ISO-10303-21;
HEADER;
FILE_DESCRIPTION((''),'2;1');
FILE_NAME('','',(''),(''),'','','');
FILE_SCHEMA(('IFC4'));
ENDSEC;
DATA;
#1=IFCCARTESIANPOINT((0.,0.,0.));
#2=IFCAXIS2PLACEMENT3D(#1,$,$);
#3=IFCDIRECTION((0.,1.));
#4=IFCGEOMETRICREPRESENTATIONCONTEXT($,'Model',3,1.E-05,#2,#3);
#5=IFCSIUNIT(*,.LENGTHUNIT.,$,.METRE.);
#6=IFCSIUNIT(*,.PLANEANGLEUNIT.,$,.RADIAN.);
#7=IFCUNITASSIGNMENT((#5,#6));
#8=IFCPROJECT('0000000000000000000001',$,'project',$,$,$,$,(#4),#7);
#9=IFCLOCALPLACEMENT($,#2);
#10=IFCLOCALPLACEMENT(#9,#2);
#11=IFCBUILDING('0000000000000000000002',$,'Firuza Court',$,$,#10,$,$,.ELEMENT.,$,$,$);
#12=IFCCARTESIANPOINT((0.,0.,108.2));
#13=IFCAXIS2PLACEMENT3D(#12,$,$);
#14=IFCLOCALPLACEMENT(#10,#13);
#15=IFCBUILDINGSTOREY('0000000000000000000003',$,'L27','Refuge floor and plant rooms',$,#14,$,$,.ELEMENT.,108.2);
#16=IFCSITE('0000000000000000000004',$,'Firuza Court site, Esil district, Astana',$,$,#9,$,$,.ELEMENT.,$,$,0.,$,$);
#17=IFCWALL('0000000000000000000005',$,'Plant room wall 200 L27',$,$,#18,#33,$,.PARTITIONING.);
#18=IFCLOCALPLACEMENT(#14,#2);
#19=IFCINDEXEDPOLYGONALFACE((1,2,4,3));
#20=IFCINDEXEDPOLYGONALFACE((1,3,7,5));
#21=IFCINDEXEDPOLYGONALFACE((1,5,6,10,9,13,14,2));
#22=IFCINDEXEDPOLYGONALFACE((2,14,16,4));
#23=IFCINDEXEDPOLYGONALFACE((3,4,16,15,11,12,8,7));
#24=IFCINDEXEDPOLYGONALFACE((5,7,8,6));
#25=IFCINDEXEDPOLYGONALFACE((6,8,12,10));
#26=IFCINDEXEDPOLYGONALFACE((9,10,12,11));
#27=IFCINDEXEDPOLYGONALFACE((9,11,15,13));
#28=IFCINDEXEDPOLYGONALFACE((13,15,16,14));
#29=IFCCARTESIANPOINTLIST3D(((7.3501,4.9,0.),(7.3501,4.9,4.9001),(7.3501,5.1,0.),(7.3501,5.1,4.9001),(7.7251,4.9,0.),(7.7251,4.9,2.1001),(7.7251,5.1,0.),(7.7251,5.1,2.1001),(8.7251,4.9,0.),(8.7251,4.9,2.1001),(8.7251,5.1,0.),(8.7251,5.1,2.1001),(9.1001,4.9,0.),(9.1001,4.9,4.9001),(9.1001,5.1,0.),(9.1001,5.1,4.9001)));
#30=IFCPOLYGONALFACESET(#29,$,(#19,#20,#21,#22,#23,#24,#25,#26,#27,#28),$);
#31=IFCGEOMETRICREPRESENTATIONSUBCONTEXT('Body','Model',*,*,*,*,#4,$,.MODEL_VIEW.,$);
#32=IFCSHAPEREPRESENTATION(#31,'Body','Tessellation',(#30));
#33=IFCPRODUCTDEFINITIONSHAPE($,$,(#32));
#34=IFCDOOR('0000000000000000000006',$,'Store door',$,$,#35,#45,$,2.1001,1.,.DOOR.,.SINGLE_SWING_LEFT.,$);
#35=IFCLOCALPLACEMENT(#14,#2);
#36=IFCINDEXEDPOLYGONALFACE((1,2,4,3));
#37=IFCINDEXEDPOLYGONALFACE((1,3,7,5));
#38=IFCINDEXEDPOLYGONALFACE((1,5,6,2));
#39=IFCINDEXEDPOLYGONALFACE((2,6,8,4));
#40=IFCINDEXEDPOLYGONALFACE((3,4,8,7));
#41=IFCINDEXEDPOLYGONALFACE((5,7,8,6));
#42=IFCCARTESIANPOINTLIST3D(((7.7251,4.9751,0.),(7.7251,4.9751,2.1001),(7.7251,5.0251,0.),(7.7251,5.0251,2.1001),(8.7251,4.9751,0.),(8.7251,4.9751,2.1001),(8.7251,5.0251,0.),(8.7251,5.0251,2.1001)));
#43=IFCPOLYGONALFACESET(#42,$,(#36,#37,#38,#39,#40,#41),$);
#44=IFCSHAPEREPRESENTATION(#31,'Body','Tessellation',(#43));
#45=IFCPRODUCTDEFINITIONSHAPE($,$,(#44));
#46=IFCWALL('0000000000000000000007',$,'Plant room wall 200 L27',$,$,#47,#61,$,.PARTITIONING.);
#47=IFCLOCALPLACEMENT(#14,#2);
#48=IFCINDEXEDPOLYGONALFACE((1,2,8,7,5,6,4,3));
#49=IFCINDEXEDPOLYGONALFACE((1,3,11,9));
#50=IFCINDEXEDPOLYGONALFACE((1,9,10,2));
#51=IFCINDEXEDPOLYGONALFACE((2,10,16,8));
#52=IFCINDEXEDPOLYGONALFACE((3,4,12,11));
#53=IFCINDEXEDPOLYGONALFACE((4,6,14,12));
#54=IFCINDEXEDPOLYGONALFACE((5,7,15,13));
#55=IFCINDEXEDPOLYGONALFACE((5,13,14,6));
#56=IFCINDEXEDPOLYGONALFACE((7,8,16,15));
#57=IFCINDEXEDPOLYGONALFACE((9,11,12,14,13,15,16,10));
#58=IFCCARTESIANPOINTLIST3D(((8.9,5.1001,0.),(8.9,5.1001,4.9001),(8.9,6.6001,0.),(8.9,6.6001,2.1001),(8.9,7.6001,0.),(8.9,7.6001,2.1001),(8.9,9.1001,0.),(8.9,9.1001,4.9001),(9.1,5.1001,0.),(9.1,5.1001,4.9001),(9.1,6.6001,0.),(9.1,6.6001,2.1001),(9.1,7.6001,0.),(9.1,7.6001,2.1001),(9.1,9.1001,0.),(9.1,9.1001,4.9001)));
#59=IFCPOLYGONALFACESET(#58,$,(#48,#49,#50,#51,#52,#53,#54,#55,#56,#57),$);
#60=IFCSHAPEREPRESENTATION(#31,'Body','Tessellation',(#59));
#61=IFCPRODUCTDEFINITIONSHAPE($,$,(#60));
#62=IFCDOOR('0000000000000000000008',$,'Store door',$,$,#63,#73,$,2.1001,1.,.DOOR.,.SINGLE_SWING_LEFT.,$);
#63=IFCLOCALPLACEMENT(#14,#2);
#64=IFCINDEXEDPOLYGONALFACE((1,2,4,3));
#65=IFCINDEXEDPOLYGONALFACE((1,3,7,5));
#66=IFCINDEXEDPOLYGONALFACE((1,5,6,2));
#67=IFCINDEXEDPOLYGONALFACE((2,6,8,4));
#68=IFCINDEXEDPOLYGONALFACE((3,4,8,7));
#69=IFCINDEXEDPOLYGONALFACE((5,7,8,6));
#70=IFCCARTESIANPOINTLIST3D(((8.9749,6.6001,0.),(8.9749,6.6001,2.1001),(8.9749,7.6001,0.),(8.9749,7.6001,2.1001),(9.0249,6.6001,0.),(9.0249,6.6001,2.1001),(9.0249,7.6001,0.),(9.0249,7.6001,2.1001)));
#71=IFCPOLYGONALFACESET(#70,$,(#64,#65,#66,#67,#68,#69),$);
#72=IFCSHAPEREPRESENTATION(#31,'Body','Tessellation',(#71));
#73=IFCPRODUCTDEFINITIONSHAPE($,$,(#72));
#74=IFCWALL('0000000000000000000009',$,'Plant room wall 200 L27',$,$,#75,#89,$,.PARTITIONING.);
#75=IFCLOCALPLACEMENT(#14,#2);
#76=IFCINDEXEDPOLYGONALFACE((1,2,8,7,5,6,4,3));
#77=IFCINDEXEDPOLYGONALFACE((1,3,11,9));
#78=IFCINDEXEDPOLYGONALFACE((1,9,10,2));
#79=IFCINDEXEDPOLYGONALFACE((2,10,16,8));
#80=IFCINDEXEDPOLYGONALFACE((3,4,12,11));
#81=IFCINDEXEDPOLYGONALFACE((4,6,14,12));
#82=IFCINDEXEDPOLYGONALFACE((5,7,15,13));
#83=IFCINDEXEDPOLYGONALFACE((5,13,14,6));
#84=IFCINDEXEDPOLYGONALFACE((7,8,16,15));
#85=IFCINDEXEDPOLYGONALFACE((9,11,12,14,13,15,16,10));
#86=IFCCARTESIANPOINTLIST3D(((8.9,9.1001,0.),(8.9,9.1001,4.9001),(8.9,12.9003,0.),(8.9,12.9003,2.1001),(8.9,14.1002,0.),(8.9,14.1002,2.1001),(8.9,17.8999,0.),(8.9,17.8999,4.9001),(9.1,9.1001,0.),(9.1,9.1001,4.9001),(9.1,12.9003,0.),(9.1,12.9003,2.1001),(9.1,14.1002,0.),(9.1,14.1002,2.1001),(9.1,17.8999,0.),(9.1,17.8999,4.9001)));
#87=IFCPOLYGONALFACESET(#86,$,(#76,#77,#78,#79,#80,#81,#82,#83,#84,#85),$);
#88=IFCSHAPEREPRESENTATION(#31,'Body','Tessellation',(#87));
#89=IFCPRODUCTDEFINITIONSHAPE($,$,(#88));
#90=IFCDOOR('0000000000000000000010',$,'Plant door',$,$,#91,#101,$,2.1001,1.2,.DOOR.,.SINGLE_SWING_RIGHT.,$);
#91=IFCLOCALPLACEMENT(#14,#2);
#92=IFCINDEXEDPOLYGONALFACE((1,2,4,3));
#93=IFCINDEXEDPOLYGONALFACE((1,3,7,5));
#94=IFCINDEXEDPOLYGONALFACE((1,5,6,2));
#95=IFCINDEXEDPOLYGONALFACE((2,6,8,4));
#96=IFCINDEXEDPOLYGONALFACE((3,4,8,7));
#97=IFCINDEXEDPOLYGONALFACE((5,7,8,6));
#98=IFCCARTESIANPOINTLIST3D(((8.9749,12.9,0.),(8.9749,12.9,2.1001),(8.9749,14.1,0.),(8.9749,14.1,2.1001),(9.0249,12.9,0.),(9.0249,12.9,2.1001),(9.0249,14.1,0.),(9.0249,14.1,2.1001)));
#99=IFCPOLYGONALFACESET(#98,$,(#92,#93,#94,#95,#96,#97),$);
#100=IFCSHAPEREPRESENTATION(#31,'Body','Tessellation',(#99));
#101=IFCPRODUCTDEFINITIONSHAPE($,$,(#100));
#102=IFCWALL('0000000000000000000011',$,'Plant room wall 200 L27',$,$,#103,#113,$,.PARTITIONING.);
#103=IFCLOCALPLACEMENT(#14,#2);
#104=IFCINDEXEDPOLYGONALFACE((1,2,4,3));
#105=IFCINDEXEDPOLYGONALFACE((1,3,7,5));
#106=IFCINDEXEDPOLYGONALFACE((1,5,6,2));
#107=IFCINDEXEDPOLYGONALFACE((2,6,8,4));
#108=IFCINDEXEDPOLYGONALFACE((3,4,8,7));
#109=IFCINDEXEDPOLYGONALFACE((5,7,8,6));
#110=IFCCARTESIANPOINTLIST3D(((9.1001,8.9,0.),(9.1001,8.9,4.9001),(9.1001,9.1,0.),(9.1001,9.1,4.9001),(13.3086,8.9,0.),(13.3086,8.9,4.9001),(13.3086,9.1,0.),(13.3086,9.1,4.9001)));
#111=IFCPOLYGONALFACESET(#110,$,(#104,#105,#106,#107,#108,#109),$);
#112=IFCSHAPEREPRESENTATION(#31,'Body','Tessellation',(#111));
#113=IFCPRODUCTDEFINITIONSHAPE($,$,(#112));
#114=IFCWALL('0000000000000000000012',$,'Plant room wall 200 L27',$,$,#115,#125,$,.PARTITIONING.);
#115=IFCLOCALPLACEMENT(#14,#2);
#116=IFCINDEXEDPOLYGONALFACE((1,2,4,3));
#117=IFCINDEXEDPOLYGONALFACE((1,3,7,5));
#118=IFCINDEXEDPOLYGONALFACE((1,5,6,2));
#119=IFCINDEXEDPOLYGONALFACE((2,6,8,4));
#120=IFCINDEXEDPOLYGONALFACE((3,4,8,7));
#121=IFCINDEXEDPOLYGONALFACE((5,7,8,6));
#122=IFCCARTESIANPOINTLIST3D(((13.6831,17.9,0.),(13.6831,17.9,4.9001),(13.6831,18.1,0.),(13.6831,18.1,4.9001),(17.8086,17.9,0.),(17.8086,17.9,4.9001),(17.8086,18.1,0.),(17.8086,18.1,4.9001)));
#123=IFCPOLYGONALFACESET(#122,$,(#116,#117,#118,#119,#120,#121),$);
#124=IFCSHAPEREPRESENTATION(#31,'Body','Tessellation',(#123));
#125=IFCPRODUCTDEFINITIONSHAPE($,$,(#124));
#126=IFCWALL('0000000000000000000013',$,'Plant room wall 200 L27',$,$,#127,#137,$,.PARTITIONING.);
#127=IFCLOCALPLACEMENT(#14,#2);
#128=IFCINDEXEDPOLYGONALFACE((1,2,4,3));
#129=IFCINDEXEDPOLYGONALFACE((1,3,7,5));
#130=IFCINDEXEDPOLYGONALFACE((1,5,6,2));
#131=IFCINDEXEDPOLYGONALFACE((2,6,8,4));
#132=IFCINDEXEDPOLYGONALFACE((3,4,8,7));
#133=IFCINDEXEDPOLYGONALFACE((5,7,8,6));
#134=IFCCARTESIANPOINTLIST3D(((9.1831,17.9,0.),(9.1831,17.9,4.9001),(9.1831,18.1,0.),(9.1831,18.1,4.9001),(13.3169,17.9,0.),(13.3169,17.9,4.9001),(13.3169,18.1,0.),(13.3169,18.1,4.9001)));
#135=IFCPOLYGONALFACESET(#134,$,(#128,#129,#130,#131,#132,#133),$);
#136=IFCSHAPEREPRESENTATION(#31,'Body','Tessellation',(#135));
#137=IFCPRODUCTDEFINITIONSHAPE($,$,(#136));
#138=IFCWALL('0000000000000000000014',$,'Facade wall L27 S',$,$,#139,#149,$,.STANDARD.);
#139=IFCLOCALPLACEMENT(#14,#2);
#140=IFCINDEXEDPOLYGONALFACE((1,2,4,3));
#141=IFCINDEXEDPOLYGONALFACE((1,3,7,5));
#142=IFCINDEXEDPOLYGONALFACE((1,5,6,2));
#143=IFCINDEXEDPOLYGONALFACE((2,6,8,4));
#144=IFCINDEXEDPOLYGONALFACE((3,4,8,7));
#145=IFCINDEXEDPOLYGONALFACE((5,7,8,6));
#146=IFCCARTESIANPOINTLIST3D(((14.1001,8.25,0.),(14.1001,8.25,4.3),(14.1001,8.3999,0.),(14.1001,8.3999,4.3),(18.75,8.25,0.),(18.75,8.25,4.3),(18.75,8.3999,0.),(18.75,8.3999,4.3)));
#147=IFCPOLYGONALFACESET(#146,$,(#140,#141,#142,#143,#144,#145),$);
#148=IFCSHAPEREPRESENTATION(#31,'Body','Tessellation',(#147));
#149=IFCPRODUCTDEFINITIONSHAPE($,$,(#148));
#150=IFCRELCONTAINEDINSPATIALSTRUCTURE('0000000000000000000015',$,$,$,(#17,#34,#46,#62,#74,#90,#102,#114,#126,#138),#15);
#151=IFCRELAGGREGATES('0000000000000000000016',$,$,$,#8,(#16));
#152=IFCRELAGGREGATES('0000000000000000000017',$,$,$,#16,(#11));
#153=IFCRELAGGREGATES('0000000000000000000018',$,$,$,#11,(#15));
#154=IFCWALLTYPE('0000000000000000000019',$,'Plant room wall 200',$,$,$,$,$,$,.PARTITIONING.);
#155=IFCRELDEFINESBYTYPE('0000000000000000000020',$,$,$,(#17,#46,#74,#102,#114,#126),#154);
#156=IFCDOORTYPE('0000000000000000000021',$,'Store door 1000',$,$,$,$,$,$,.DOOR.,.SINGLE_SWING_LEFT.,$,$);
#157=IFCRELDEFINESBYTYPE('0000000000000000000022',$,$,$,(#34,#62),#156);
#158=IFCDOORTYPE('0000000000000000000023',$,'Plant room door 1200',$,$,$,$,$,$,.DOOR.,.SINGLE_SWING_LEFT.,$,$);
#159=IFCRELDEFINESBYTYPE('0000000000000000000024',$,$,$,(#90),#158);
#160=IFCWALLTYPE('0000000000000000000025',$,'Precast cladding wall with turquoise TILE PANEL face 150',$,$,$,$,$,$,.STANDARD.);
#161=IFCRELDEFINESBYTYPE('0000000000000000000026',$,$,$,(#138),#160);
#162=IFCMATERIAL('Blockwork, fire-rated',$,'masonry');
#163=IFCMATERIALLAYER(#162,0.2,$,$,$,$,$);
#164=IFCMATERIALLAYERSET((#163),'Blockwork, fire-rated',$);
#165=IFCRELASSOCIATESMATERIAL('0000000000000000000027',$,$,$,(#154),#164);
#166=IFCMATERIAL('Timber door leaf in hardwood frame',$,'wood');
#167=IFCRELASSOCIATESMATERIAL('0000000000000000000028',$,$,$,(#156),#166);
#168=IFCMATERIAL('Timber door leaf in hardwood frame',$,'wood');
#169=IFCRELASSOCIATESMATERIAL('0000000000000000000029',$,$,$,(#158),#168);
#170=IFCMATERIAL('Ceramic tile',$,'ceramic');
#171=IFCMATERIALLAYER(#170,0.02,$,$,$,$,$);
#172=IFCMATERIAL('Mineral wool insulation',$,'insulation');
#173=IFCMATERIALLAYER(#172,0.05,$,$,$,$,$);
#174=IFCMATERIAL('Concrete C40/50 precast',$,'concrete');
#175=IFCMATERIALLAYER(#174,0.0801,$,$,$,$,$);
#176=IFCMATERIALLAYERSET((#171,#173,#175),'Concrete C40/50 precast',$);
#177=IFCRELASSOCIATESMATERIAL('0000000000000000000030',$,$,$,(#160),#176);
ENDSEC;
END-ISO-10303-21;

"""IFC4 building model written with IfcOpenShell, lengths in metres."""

from ifc_helpers import new_model, si_unit, direction, frame, frame_2d, origin, place, context, subcontext, project, spatial, rectangle, extrude, material, layer, layer_set, type_object, element, fill, save


model = new_model("IFC4")

# Units and contexts
model_context = context("Model", 3, precision=1e-05, world=origin(), true_north=direction((0.0, 1.0)))
body_context = subcontext(model_context, "Body", "Model", "MODEL_VIEW")
ifc_project = project(units=[si_unit("LENGTHUNIT", "METRE"), si_unit("PLANEANGLEUNIT", "RADIAN")], contexts=[model_context])

# Site, building, storey
site_placement = place(None, origin())
site = spatial("IfcSite", under=ifc_project, at=site_placement, Name="Firuza Court site, Esil district, Astana", CompositionType="ELEMENT", RefElevation=0.0)
building_placement = place(site_placement, origin())
building = spatial("IfcBuilding", under=site, at=building_placement, Name="Firuza Court", CompositionType="ELEMENT")
storey_placement = place(building_placement, frame((0.0, 0.0, 108.2)))
storey = spatial("IfcBuildingStorey", under=building, at=storey_placement, Name="L27", Description="Refuge floor and plant rooms", CompositionType="ELEMENT", Elevation=108.2)

# Walls, openings, doors
ifc_material_1 = material(Name="Blockwork, fire-rated", Category="masonry")
ifc_layer_1 = layer(ifc_material_1, 0.2)
ifc_layer_set_1 = layer_set([ifc_layer_1], Name="Blockwork, fire-rated")
wall_type_1 = type_object("IfcWallType", Name="Plant room wall 200", PredefinedType="PARTITIONING", material=ifc_layer_set_1)
wall_1_placement = place(storey_placement, frame((7.3501, 5.0, 0.0), z_axis=(0.0, 0.0, 1.0), x_axis=(1.0, 0.0, 0.0)))
wall_1 = element("IfcWall", 1, at=wall_1_placement, inside=storey, type_object=wall_type_1, Name="Plant room wall 200 L27", PredefinedType="PARTITIONING", context=body_context, shape_type="SweptSolid", body=[
    extrude(rectangle(XDim=1.75, YDim=0.2, at=frame_2d((0.875, 0.0))), origin(), (0.0, 0.0, 1.0), 4.9001),
])
opening_1_placement = place(wall_1_placement, frame((0.375, 0.0, 0.0)))
opening_1 = element("IfcOpeningElement", 2, at=opening_1_placement, cuts=wall_1, PredefinedType="OPENING", context=body_context, shape_type="SweptSolid", body=[
    extrude(rectangle(XDim=1.0, YDim=2.1001, at=frame_2d((0.5, 1.05))), frame((0.0, 0.1118, 0.0), z_axis=(0.0, -1.0, 0.0), x_axis=(1.0, 0.0, 0.0)), (0.0, 0.0, 1.0), 0.2239),
])
ifc_material_2 = material(Name="Timber door leaf in hardwood frame", Category="wood")
door_type_1 = type_object("IfcDoorType", Name="Store door 1000", OperationType="SINGLE_SWING_LEFT", PredefinedType="DOOR", material=ifc_material_2)
door_1_placement = place(opening_1_placement, frame((1.0, 0.0, 0.0), z_axis=(0.0, 0.0, 1.0), x_axis=(-1.0, 0.0, 0.0)))
door_1 = element("IfcDoor", 3, at=door_1_placement, inside=storey, type_object=door_type_1, Name="Store door", OperationType="SINGLE_SWING_LEFT", OverallHeight=2.1001, OverallWidth=1.0, PredefinedType="DOOR", context=body_context, shape_type="SweptSolid", body=[
    extrude(rectangle(XDim=1.0, YDim=2.1001, at=frame_2d((0.5, 1.05))), frame((0.0, 0.0249, 0.0), z_axis=(0.0, -1.0, 0.0), x_axis=(1.0, 0.0, 0.0)), (0.0, 0.0, 1.0), 0.05),
])
fill(opening_1, door_1)
wall_2_placement = place(storey_placement, frame((9.0, 5.1001, 0.0), z_axis=(0.0, 0.0, 1.0), x_axis=(0.0, 1.0, 0.0)))
wall_2 = element("IfcWall", 4, at=wall_2_placement, inside=storey, type_object=wall_type_1, Name="Plant room wall 200 L27", PredefinedType="PARTITIONING", context=body_context, shape_type="SweptSolid", body=[
    extrude(rectangle(XDim=4.0, YDim=0.2, at=frame_2d((2.0, 0.0))), origin(), (0.0, 0.0, 1.0), 4.9001),
])
opening_2_placement = place(wall_2_placement, frame((1.5, 0.0, 0.0)))
opening_2 = element("IfcOpeningElement", 5, at=opening_2_placement, cuts=wall_2, PredefinedType="OPENING", context=body_context, shape_type="SweptSolid", body=[
    extrude(rectangle(XDim=1.0, YDim=2.1001, at=frame_2d((0.5, 1.05))), frame((0.0, 0.1118, 0.0), z_axis=(0.0, -1.0, 0.0), x_axis=(1.0, 0.0, 0.0)), (0.0, 0.0, 1.0), 0.2239),
])
door_2_placement = place(opening_2_placement, frame((1.0, 0.0, 0.0), z_axis=(0.0, 0.0, 1.0), x_axis=(-1.0, 0.0, 0.0)))
door_2 = element("IfcDoor", 6, at=door_2_placement, inside=storey, type_object=door_type_1, Name="Store door", OperationType="SINGLE_SWING_LEFT", OverallHeight=2.1001, OverallWidth=1.0, PredefinedType="DOOR", context=body_context, shape_type="SweptSolid", body=[
    extrude(rectangle(XDim=1.0, YDim=2.1001, at=frame_2d((0.5, 1.05))), frame((0.0, 0.0249, 0.0), z_axis=(0.0, -1.0, 0.0), x_axis=(1.0, 0.0, 0.0)), (0.0, 0.0, 1.0), 0.05),
])
fill(opening_2, door_2)
wall_3_placement = place(storey_placement, frame((9.0, 9.1001, 0.0), z_axis=(0.0, 0.0, 1.0), x_axis=(0.0, 1.0, 0.0)))
wall_3 = element("IfcWall", 7, at=wall_3_placement, inside=storey, type_object=wall_type_1, Name="Plant room wall 200 L27", PredefinedType="PARTITIONING", context=body_context, shape_type="SweptSolid", body=[
    extrude(rectangle(XDim=8.7998, YDim=0.2, at=frame_2d((4.3999, 0.0))), origin(), (0.0, 0.0, 1.0), 4.9001),
])
opening_3_placement = place(wall_3_placement, frame((3.8, 0.0, 0.0)))
opening_3 = element("IfcOpeningElement", 8, at=opening_3_placement, cuts=wall_3, PredefinedType="OPENING", context=body_context, shape_type="SweptSolid", body=[
    extrude(rectangle(XDim=1.2, YDim=2.1001, at=frame_2d((0.6001, 1.05))), frame((0.0, 0.1118, 0.0), z_axis=(0.0, -1.0, 0.0), x_axis=(1.0, 0.0, 0.0)), (0.0, 0.0, 1.0), 0.2239),
])
ifc_material_3 = material(Name="Timber door leaf in hardwood frame", Category="wood")
door_type_2 = type_object("IfcDoorType", Name="Plant room door 1200", OperationType="SINGLE_SWING_LEFT", PredefinedType="DOOR", material=ifc_material_3)
door_3_placement = place(opening_3_placement, frame((1.2, 0.0, 0.0), z_axis=(0.0, 0.0, 1.0), x_axis=(-1.0, 0.0, 0.0)))
door_3 = element("IfcDoor", 9, at=door_3_placement, inside=storey, type_object=door_type_2, Name="Plant door", OperationType="SINGLE_SWING_RIGHT", OverallHeight=2.1001, OverallWidth=1.2, PredefinedType="DOOR", context=body_context, shape_type="SweptSolid", body=[
    extrude(rectangle(XDim=1.2, YDim=2.1001, at=frame_2d((0.6001, 1.05))), frame((0.0, 0.0249, 0.0), z_axis=(0.0, -1.0, 0.0), x_axis=(1.0, 0.0, 0.0)), (0.0, 0.0, 1.0), 0.05),
])
fill(opening_3, door_3)

# Walls
wall_4_placement = place(storey_placement, frame((13.3086, 9.0, 0.0), z_axis=(0.0, 0.0, 1.0), x_axis=(-1.0, 0.0, 0.0)))
element("IfcWall", 10, at=wall_4_placement, inside=storey, type_object=wall_type_1, Name="Plant room wall 200 L27", PredefinedType="PARTITIONING", context=body_context, shape_type="SweptSolid", body=[
    extrude(rectangle(XDim=4.2085, YDim=0.2, at=frame_2d((2.1042, 0.0))), origin(), (0.0, 0.0, 1.0), 4.9001),
])
wall_5_placement = place(storey_placement, frame((17.8086, 18.0, 0.0), z_axis=(0.0, 0.0, 1.0), x_axis=(-1.0, 0.0, 0.0)))
element("IfcWall", 11, at=wall_5_placement, inside=storey, type_object=wall_type_1, Name="Plant room wall 200 L27", PredefinedType="PARTITIONING", context=body_context, shape_type="SweptSolid", body=[
    extrude(rectangle(XDim=4.1255, YDim=0.2, at=frame_2d((2.0627, 0.0))), origin(), (0.0, 0.0, 1.0), 4.9001),
])
wall_6_placement = place(storey_placement, frame((13.3169, 18.0, 0.0), z_axis=(0.0, 0.0, 1.0), x_axis=(-1.0, 0.0, 0.0)))
element("IfcWall", 12, at=wall_6_placement, inside=storey, type_object=wall_type_1, Name="Plant room wall 200 L27", PredefinedType="PARTITIONING", context=body_context, shape_type="SweptSolid", body=[
    extrude(rectangle(XDim=4.1338, YDim=0.2, at=frame_2d((2.0669, 0.0))), origin(), (0.0, 0.0, 1.0), 4.9001),
])
ifc_material_4 = material(Name="Ceramic tile", Category="ceramic")
ifc_layer_2 = layer(ifc_material_4, 0.02)
ifc_material_5 = material(Name="Mineral wool insulation", Category="insulation")
ifc_layer_3 = layer(ifc_material_5, 0.05)
ifc_material_6 = material(Name="Concrete C40/50 precast", Category="concrete")
ifc_layer_4 = layer(ifc_material_6, 0.0801)
ifc_layer_set_2 = layer_set([ifc_layer_2, ifc_layer_3, ifc_layer_4], Name="Concrete C40/50 precast")
wall_type_2 = type_object("IfcWallType", Name="Precast cladding wall with turquoise TILE PANEL face 150", PredefinedType="STANDARD", material=ifc_layer_set_2)
wall_7_placement = place(storey_placement, frame((14.1001, 8.325, 0.0), z_axis=(0.0, 0.0, 1.0), x_axis=(1.0, 0.0, 0.0)))
element("IfcWall", 13, at=wall_7_placement, inside=storey, type_object=wall_type_2, Name="Facade wall L27 S", PredefinedType="STANDARD", context=body_context, shape_type="SweptSolid", body=[
    extrude(rectangle(XDim=4.6499, YDim=0.1499, at=frame_2d((2.325, 0.0))), origin(), (0.0, 0.0, 1.0), 4.3),
])

save(model, "model.ifc")
